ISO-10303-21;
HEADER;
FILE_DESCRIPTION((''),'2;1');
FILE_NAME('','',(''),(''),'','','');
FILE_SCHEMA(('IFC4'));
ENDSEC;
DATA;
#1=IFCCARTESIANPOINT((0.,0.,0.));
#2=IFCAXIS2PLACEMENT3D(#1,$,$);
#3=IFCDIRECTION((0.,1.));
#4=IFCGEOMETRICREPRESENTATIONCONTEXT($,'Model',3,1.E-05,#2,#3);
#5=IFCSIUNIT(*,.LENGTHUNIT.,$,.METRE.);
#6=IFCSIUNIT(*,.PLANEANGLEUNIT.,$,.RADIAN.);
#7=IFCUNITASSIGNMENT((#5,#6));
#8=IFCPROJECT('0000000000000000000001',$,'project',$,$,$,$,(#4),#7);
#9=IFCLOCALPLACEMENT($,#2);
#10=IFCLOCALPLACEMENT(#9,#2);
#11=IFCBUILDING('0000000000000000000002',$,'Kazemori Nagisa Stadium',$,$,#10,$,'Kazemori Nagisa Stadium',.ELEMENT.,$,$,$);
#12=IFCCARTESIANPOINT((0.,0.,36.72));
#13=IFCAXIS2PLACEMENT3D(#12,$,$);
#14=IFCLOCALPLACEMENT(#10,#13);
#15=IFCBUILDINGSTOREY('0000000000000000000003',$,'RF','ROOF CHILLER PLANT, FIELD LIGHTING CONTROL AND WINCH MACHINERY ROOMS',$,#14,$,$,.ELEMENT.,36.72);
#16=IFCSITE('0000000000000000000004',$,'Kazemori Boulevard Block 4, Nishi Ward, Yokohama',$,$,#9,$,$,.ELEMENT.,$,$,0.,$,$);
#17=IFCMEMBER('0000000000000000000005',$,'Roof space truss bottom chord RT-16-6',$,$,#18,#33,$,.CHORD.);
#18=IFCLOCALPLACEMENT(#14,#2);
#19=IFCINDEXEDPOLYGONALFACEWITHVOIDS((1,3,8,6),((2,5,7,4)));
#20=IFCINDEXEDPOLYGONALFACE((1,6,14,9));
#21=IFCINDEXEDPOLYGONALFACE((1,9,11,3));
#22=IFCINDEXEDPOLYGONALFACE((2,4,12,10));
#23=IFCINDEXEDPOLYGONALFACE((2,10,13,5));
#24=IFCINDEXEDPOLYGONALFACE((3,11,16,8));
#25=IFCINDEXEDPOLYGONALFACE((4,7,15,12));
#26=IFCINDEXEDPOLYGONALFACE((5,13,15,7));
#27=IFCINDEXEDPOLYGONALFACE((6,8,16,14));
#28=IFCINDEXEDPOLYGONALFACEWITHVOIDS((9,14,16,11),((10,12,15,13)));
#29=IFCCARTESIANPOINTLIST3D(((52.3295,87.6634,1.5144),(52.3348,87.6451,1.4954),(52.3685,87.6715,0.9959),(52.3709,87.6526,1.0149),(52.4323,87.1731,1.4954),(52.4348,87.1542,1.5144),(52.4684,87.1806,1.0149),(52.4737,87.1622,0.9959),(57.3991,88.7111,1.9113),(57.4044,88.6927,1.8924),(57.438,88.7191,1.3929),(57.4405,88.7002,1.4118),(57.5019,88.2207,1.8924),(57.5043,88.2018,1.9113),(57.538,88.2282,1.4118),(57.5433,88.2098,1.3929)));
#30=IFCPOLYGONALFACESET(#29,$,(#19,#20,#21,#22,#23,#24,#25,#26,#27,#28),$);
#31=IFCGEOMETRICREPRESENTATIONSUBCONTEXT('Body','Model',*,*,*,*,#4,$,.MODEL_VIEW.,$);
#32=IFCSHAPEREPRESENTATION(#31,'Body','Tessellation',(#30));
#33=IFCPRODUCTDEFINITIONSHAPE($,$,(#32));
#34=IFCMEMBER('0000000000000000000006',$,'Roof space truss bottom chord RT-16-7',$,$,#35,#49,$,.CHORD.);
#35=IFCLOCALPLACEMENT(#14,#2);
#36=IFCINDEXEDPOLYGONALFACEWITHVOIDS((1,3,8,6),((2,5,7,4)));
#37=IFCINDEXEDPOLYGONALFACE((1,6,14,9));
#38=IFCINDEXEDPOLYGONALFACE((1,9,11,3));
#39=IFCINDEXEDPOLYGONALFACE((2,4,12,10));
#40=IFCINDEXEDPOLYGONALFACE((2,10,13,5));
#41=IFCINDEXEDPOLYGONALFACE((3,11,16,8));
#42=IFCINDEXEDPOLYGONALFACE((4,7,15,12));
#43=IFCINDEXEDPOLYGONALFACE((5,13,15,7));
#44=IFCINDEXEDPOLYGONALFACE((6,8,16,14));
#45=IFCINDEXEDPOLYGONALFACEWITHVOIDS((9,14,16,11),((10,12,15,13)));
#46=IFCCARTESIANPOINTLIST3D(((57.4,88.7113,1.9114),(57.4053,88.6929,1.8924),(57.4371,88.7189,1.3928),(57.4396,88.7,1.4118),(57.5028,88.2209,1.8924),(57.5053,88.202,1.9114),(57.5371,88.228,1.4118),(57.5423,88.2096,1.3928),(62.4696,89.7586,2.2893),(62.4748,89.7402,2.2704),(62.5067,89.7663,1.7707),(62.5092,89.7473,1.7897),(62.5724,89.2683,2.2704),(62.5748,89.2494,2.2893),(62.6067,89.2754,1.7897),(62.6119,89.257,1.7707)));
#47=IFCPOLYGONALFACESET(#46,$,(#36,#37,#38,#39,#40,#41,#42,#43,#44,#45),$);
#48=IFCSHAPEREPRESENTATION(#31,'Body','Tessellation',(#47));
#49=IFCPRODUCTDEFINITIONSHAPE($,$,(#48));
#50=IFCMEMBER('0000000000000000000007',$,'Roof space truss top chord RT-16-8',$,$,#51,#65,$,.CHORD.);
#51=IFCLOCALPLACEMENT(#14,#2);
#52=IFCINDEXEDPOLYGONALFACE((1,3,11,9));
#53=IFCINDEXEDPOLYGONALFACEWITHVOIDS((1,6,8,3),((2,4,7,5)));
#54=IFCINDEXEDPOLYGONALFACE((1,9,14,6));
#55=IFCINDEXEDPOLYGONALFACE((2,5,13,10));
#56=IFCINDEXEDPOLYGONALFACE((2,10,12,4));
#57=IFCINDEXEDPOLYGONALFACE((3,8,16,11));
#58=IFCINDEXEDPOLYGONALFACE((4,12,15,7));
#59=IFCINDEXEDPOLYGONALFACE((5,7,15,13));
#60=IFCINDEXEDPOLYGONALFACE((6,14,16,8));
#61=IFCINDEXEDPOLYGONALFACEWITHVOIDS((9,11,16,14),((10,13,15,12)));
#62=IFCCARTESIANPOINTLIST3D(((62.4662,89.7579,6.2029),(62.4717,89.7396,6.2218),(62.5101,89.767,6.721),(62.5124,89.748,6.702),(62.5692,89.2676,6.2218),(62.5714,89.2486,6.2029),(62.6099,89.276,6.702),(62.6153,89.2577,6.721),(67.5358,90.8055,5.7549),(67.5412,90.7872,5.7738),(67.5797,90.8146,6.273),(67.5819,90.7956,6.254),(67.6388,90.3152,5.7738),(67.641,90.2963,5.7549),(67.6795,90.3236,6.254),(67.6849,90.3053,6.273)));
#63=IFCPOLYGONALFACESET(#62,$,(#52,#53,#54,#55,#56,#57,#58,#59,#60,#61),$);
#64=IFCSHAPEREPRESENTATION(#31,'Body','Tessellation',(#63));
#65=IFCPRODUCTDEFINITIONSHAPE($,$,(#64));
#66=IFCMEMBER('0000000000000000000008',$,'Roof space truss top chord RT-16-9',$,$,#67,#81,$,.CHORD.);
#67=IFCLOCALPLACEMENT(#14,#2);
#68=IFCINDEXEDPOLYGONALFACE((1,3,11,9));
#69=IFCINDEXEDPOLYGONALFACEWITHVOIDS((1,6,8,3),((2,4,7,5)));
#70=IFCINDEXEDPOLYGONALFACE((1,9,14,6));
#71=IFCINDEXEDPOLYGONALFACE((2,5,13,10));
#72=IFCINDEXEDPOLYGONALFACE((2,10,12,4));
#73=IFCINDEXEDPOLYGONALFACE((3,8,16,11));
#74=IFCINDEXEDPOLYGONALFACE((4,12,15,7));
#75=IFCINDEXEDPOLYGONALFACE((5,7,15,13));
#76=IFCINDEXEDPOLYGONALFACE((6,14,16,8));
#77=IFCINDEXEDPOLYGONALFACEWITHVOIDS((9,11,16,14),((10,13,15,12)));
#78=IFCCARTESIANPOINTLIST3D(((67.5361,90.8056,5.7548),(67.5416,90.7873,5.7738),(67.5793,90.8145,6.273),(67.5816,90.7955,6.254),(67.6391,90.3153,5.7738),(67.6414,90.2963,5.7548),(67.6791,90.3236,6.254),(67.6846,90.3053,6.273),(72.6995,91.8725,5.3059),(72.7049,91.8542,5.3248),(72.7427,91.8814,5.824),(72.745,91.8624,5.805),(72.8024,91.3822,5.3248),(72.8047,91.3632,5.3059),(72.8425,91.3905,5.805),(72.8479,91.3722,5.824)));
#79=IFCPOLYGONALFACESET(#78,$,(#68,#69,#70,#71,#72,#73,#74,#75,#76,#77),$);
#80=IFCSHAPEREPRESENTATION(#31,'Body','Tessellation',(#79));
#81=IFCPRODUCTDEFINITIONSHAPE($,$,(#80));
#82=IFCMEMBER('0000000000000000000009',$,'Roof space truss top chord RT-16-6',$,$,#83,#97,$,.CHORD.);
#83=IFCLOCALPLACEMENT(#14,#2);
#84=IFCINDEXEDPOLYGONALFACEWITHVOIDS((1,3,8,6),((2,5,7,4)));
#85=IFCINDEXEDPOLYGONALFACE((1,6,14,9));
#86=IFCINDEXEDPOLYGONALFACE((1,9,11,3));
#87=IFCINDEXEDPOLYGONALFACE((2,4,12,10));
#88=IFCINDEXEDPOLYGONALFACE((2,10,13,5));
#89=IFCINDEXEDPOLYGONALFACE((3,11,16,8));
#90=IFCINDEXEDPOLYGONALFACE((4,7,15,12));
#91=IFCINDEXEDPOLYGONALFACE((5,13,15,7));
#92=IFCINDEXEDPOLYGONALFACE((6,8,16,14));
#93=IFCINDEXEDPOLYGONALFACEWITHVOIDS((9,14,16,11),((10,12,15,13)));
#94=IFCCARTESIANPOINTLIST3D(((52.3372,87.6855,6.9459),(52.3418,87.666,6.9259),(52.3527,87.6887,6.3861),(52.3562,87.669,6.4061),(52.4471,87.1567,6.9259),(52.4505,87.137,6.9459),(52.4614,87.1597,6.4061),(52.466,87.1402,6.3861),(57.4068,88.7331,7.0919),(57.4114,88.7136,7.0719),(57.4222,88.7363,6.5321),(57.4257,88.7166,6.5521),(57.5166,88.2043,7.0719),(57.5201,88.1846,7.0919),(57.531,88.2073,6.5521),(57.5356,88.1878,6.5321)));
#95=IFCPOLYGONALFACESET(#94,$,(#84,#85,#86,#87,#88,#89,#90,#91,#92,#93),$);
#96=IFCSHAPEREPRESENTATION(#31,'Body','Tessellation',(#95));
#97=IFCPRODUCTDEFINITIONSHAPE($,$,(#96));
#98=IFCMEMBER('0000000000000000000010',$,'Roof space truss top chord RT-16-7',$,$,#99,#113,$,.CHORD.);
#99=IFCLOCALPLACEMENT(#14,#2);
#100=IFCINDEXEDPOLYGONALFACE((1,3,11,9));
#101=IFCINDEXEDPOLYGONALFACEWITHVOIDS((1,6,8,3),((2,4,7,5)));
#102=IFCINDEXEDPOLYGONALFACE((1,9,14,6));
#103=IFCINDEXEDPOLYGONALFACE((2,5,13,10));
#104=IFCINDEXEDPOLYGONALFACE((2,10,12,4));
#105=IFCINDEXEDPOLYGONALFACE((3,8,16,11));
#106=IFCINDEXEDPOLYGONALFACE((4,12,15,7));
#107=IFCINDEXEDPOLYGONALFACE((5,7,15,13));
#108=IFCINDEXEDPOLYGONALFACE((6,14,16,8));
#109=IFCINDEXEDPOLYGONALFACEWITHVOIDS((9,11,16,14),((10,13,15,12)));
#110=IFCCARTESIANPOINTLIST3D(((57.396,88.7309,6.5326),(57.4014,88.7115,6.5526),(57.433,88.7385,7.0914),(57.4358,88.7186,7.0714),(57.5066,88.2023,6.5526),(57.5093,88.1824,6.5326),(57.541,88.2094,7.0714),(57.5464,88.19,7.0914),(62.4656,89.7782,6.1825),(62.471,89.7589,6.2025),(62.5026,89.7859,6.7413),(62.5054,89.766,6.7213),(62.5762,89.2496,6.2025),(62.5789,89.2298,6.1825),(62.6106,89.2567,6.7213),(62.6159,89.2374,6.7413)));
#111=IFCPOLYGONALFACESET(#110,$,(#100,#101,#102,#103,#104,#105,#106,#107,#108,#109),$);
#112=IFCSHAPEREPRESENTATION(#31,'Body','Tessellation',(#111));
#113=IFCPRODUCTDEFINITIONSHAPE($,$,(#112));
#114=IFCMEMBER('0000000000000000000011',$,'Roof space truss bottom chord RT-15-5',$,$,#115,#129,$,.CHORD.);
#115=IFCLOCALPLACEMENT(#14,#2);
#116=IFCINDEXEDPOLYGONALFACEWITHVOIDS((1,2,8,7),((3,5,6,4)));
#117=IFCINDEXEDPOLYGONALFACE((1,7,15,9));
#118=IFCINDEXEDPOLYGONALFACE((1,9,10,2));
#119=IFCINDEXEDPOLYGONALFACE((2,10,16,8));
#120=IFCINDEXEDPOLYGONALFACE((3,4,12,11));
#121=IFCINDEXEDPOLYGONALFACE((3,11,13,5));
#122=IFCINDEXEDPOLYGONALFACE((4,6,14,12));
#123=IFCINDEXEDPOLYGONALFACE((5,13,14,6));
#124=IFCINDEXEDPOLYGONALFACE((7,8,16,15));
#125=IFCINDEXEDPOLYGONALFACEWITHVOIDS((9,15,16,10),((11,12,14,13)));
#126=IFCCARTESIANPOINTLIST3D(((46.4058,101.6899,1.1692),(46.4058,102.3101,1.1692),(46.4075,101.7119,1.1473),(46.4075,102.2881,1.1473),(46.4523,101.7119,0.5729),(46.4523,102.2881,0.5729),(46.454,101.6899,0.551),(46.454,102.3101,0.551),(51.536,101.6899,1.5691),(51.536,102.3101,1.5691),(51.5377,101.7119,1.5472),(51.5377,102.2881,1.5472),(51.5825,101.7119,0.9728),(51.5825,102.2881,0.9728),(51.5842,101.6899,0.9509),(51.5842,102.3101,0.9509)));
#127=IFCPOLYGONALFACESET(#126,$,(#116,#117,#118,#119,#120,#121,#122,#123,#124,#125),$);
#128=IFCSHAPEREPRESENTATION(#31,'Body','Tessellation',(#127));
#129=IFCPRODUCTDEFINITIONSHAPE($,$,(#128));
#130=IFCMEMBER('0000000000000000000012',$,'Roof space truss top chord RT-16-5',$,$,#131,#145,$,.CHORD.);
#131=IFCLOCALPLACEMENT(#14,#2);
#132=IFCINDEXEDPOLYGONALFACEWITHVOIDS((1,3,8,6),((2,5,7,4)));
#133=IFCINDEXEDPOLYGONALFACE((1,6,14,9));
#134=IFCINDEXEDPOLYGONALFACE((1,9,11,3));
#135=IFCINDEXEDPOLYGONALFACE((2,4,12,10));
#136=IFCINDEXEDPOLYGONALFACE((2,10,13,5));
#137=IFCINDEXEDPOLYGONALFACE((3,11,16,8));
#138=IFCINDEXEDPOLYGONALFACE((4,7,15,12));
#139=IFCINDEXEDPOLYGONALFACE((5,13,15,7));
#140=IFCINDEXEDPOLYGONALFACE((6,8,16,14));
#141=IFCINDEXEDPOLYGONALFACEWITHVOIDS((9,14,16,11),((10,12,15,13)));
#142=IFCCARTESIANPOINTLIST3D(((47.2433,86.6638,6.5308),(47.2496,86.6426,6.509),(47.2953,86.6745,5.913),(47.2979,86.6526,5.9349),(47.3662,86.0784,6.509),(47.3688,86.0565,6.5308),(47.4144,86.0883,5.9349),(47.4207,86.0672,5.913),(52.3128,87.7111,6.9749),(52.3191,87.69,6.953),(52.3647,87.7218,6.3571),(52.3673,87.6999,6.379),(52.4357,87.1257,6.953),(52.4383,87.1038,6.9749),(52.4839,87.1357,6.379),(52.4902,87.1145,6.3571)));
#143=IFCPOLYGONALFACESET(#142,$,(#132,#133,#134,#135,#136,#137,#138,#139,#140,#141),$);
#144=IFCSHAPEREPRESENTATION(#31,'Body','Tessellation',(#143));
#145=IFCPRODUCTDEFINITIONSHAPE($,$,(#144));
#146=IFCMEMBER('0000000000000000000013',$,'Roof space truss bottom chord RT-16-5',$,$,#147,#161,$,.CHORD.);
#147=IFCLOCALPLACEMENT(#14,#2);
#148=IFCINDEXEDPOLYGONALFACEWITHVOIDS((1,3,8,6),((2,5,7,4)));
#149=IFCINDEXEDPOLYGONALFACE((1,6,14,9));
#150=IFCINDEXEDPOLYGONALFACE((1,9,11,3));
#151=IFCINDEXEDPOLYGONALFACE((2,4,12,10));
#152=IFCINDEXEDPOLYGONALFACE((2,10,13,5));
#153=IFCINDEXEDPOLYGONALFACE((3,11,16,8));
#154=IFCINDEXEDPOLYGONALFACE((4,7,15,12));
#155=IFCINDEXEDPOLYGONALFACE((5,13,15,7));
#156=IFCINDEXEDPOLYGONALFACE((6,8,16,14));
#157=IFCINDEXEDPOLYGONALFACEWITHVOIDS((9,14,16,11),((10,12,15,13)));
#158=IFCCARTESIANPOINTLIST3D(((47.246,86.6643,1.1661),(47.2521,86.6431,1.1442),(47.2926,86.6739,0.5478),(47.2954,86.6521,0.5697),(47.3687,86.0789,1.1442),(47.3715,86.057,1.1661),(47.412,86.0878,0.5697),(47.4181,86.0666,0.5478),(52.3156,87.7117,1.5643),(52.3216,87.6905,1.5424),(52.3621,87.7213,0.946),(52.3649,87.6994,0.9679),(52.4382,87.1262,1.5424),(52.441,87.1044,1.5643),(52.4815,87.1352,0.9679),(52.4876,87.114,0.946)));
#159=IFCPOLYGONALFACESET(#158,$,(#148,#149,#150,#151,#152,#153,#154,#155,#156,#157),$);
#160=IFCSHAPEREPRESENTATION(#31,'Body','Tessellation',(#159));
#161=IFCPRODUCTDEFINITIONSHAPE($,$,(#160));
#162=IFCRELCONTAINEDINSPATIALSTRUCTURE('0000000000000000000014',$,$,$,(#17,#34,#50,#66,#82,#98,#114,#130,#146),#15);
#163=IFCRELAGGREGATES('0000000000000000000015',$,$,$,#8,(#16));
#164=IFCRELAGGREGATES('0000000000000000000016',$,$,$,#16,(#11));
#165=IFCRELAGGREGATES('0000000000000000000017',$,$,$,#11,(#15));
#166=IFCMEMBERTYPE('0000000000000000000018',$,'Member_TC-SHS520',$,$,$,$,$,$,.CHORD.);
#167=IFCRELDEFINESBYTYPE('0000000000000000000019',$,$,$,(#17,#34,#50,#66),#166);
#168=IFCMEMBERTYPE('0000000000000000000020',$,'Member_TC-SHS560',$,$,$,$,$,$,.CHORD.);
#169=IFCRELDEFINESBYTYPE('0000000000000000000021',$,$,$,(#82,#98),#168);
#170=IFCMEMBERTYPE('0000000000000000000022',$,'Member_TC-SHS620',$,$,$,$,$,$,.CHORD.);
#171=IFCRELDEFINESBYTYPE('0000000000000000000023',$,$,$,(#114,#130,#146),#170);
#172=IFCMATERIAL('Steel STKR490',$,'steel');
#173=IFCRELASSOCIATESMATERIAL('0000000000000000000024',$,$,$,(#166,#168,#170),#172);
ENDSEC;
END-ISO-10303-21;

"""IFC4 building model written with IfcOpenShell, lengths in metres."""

from ifc_helpers import new_model, si_unit, direction, frame, origin, origin_2d, place, context, subcontext, project, spatial, hollow_rectangle, extrude, material, material_profile, profile_set, type_object, element, save


model = new_model("IFC4")

# Units and contexts
model_context = context("Model", 3, precision=1e-05, world=origin(), true_north=direction((0.0, 1.0)))
body_context = subcontext(model_context, "Body", "Model", "MODEL_VIEW")
ifc_project = project(units=[si_unit("LENGTHUNIT", "METRE"), si_unit("PLANEANGLEUNIT", "RADIAN")], contexts=[model_context])

# Site, building, storey
site_placement = place(None, origin())
site = spatial("IfcSite", under=ifc_project, at=site_placement, Name="Kazemori Boulevard Block 4, Nishi Ward, Yokohama", CompositionType="ELEMENT", RefElevation=0.0)
building_placement = place(site_placement, origin())
building = spatial("IfcBuilding", under=site, at=building_placement, Name="Kazemori Nagisa Stadium", LongName="Kazemori Nagisa Stadium", CompositionType="ELEMENT")
storey_placement = place(building_placement, frame((0.0, 0.0, 36.72)))
storey = spatial("IfcBuildingStorey", under=building, at=storey_placement, Name="RF", Description="ROOF CHILLER PLANT, FIELD LIGHTING CONTROL AND WINCH MACHINERY ROOMS", CompositionType="ELEMENT", Elevation=36.72)

# Members
ifc_material_1 = material(Name="Steel STKR490", Category="steel")
ifc_material_profile_1 = material_profile(ifc_material_1, hollow_rectangle(XDim=0.52, YDim=0.52, WallThickness=0.019, at=origin_2d()), Name="SHS-520x520x19")
ifc_profile_set_1 = profile_set([ifc_material_profile_1], Name="Steel STKR490")
member_type_1 = type_object("IfcMemberType", Name="Member_TC-SHS520", PredefinedType="CHORD", material=ifc_profile_set_1)
member_1_placement = place(storey_placement, frame((52.4016, 87.4128, 1.2551), z_axis=(0.976442, 0.201778, 0.07646), x_axis=(-0.20237, 0.979309, 0.0)))
element("IfcMember", 1, at=member_1_placement, inside=storey, type_object=member_type_1, Name="Roof space truss bottom chord RT-16-6", PredefinedType="CHORD", context=body_context, shape_type="SweptSolid", body=[
    extrude(hollow_rectangle(XDim=0.52, YDim=0.52, WallThickness=0.019, at=origin_2d()), origin(), (0.0, 0.0, 1.0), 5.1919),
])
member_2_placement = place(storey_placement, frame((57.4712, 88.4604, 1.6521), z_axis=(0.976719, 0.201788, 0.072813), x_axis=(-0.202325, 0.979318, 0.0)))
element("IfcMember", 2, at=member_2_placement, inside=storey, type_object=member_type_1, Name="Roof space truss bottom chord RT-16-7", PredefinedType="CHORD", context=body_context, shape_type="SweptSolid", body=[
    extrude(hollow_rectangle(XDim=0.52, YDim=0.52, WallThickness=0.019, at=origin_2d()), origin(), (0.0, 0.0, 1.0), 5.1904),
])
member_3_placement = place(storey_placement, frame((62.5408, 89.5078, 6.4619), z_axis=(0.975662, 0.201617, -0.086219), x_axis=(-0.20237, 0.979309, 0.0)))
element("IfcMember", 3, at=member_3_placement, inside=storey, type_object=member_type_1, Name="Roof space truss top chord RT-16-8", PredefinedType="CHORD", context=body_context, shape_type="SweptSolid", body=[
    extrude(hollow_rectangle(XDim=0.52, YDim=0.52, WallThickness=0.019, at=origin_2d()), origin(), (0.0, 0.0, 1.0), 5.196),
])
member_4_placement = place(storey_placement, frame((67.6104, 90.5554, 6.0139), z_axis=(0.975781, 0.201625, -0.084848), x_axis=(-0.202354, 0.979312, 0.0)))
element("IfcMember", 4, at=member_4_placement, inside=storey, type_object=member_type_1, Name="Roof space truss top chord RT-16-9", PredefinedType="CHORD", context=body_context, shape_type="SweptSolid", body=[
    extrude(hollow_rectangle(XDim=0.52, YDim=0.52, WallThickness=0.019, at=origin_2d()), origin(), (0.0, 0.0, 1.0), 5.2915),
])
ifc_material_profile_2 = material_profile(ifc_material_1, hollow_rectangle(XDim=0.5601, YDim=0.5601, WallThickness=0.02, at=origin_2d()), Name="SHS-560x560x20")
ifc_profile_set_2 = profile_set([ifc_material_profile_2], Name="Steel STKR490")
member_type_2 = type_object("IfcMemberType", Name="Member_TC-SHS560", PredefinedType="CHORD", material=ifc_profile_set_2)
member_5_placement = place(storey_placement, frame((52.4016, 87.4128, 6.666), z_axis=(0.97892, 0.20229, 0.028191), x_axis=(-0.20237, 0.979309, 0.0)))
element("IfcMember", 5, at=member_5_placement, inside=storey, type_object=member_type_2, Name="Roof space truss top chord RT-16-6", PredefinedType="CHORD", context=body_context, shape_type="SweptSolid", body=[
    extrude(hollow_rectangle(XDim=0.5601, YDim=0.5601, WallThickness=0.02, at=origin_2d()), origin(), (0.0, 0.0, 1.0), 5.1787),
])
member_6_placement = place(storey_placement, frame((57.4712, 88.4604, 6.812), z_axis=(0.977086, 0.201864, -0.067476), x_axis=(-0.202325, 0.979318, 0.0)))
element("IfcMember", 6, at=member_6_placement, inside=storey, type_object=member_type_2, Name="Roof space truss top chord RT-16-7", PredefinedType="CHORD", context=body_context, shape_type="SweptSolid", body=[
    extrude(hollow_rectangle(XDim=0.5601, YDim=0.5601, WallThickness=0.02, at=origin_2d()), origin(), (0.0, 0.0, 1.0), 5.1885),
])
ifc_material_profile_3 = material_profile(ifc_material_1, hollow_rectangle(XDim=0.6201, YDim=0.6201, WallThickness=0.022, at=origin_2d()), Name="SHS-620x620x22")
ifc_profile_set_3 = profile_set([ifc_material_profile_3], Name="Steel STKR490")
member_type_3 = type_object("IfcMemberType", Name="Member_TC-SHS620", PredefinedType="CHORD", material=ifc_profile_set_3)
member_7_placement = place(storey_placement, frame((46.4299, 102.0, 0.8601), z_axis=(0.996976, 0.0, 0.077716), x_axis=(0.0, 1.0, 0.0)))
element("IfcMember", 7, at=member_7_placement, inside=storey, type_object=member_type_3, Name="Roof space truss bottom chord RT-15-5", PredefinedType="CHORD", context=body_context, shape_type="SweptSolid", body=[
    extrude(hollow_rectangle(XDim=0.6201, YDim=0.6201, WallThickness=0.022, at=origin_2d()), origin(), (0.0, 0.0, 1.0), 5.1458),
])
member_8_placement = place(storey_placement, frame((47.332, 86.3655, 6.2219), z_axis=(0.975735, 0.201584, 0.085474), x_axis=(-0.202325, 0.979318, 0.0)))
element("IfcMember", 8, at=member_8_placement, inside=storey, type_object=member_type_3, Name="Roof space truss top chord RT-16-5", PredefinedType="CHORD", context=body_context, shape_type="SweptSolid", body=[
    extrude(hollow_rectangle(XDim=0.6201, YDim=0.6201, WallThickness=0.022, at=origin_2d()), origin(), (0.0, 0.0, 1.0), 5.1956),
])
member_9_placement = place(storey_placement, frame((47.332, 86.3655, 0.8569), z_axis=(0.976434, 0.201729, 0.076695), x_axis=(-0.202325, 0.979318, 0.0)))
element("IfcMember", 9, at=member_9_placement, inside=storey, type_object=member_type_3, Name="Roof space truss bottom chord RT-16-5", PredefinedType="CHORD", context=body_context, shape_type="SweptSolid", body=[
    extrude(hollow_rectangle(XDim=0.6201, YDim=0.6201, WallThickness=0.022, at=origin_2d()), origin(), (0.0, 0.0, 1.0), 5.1919),
])

save(model, "model.ifc")
